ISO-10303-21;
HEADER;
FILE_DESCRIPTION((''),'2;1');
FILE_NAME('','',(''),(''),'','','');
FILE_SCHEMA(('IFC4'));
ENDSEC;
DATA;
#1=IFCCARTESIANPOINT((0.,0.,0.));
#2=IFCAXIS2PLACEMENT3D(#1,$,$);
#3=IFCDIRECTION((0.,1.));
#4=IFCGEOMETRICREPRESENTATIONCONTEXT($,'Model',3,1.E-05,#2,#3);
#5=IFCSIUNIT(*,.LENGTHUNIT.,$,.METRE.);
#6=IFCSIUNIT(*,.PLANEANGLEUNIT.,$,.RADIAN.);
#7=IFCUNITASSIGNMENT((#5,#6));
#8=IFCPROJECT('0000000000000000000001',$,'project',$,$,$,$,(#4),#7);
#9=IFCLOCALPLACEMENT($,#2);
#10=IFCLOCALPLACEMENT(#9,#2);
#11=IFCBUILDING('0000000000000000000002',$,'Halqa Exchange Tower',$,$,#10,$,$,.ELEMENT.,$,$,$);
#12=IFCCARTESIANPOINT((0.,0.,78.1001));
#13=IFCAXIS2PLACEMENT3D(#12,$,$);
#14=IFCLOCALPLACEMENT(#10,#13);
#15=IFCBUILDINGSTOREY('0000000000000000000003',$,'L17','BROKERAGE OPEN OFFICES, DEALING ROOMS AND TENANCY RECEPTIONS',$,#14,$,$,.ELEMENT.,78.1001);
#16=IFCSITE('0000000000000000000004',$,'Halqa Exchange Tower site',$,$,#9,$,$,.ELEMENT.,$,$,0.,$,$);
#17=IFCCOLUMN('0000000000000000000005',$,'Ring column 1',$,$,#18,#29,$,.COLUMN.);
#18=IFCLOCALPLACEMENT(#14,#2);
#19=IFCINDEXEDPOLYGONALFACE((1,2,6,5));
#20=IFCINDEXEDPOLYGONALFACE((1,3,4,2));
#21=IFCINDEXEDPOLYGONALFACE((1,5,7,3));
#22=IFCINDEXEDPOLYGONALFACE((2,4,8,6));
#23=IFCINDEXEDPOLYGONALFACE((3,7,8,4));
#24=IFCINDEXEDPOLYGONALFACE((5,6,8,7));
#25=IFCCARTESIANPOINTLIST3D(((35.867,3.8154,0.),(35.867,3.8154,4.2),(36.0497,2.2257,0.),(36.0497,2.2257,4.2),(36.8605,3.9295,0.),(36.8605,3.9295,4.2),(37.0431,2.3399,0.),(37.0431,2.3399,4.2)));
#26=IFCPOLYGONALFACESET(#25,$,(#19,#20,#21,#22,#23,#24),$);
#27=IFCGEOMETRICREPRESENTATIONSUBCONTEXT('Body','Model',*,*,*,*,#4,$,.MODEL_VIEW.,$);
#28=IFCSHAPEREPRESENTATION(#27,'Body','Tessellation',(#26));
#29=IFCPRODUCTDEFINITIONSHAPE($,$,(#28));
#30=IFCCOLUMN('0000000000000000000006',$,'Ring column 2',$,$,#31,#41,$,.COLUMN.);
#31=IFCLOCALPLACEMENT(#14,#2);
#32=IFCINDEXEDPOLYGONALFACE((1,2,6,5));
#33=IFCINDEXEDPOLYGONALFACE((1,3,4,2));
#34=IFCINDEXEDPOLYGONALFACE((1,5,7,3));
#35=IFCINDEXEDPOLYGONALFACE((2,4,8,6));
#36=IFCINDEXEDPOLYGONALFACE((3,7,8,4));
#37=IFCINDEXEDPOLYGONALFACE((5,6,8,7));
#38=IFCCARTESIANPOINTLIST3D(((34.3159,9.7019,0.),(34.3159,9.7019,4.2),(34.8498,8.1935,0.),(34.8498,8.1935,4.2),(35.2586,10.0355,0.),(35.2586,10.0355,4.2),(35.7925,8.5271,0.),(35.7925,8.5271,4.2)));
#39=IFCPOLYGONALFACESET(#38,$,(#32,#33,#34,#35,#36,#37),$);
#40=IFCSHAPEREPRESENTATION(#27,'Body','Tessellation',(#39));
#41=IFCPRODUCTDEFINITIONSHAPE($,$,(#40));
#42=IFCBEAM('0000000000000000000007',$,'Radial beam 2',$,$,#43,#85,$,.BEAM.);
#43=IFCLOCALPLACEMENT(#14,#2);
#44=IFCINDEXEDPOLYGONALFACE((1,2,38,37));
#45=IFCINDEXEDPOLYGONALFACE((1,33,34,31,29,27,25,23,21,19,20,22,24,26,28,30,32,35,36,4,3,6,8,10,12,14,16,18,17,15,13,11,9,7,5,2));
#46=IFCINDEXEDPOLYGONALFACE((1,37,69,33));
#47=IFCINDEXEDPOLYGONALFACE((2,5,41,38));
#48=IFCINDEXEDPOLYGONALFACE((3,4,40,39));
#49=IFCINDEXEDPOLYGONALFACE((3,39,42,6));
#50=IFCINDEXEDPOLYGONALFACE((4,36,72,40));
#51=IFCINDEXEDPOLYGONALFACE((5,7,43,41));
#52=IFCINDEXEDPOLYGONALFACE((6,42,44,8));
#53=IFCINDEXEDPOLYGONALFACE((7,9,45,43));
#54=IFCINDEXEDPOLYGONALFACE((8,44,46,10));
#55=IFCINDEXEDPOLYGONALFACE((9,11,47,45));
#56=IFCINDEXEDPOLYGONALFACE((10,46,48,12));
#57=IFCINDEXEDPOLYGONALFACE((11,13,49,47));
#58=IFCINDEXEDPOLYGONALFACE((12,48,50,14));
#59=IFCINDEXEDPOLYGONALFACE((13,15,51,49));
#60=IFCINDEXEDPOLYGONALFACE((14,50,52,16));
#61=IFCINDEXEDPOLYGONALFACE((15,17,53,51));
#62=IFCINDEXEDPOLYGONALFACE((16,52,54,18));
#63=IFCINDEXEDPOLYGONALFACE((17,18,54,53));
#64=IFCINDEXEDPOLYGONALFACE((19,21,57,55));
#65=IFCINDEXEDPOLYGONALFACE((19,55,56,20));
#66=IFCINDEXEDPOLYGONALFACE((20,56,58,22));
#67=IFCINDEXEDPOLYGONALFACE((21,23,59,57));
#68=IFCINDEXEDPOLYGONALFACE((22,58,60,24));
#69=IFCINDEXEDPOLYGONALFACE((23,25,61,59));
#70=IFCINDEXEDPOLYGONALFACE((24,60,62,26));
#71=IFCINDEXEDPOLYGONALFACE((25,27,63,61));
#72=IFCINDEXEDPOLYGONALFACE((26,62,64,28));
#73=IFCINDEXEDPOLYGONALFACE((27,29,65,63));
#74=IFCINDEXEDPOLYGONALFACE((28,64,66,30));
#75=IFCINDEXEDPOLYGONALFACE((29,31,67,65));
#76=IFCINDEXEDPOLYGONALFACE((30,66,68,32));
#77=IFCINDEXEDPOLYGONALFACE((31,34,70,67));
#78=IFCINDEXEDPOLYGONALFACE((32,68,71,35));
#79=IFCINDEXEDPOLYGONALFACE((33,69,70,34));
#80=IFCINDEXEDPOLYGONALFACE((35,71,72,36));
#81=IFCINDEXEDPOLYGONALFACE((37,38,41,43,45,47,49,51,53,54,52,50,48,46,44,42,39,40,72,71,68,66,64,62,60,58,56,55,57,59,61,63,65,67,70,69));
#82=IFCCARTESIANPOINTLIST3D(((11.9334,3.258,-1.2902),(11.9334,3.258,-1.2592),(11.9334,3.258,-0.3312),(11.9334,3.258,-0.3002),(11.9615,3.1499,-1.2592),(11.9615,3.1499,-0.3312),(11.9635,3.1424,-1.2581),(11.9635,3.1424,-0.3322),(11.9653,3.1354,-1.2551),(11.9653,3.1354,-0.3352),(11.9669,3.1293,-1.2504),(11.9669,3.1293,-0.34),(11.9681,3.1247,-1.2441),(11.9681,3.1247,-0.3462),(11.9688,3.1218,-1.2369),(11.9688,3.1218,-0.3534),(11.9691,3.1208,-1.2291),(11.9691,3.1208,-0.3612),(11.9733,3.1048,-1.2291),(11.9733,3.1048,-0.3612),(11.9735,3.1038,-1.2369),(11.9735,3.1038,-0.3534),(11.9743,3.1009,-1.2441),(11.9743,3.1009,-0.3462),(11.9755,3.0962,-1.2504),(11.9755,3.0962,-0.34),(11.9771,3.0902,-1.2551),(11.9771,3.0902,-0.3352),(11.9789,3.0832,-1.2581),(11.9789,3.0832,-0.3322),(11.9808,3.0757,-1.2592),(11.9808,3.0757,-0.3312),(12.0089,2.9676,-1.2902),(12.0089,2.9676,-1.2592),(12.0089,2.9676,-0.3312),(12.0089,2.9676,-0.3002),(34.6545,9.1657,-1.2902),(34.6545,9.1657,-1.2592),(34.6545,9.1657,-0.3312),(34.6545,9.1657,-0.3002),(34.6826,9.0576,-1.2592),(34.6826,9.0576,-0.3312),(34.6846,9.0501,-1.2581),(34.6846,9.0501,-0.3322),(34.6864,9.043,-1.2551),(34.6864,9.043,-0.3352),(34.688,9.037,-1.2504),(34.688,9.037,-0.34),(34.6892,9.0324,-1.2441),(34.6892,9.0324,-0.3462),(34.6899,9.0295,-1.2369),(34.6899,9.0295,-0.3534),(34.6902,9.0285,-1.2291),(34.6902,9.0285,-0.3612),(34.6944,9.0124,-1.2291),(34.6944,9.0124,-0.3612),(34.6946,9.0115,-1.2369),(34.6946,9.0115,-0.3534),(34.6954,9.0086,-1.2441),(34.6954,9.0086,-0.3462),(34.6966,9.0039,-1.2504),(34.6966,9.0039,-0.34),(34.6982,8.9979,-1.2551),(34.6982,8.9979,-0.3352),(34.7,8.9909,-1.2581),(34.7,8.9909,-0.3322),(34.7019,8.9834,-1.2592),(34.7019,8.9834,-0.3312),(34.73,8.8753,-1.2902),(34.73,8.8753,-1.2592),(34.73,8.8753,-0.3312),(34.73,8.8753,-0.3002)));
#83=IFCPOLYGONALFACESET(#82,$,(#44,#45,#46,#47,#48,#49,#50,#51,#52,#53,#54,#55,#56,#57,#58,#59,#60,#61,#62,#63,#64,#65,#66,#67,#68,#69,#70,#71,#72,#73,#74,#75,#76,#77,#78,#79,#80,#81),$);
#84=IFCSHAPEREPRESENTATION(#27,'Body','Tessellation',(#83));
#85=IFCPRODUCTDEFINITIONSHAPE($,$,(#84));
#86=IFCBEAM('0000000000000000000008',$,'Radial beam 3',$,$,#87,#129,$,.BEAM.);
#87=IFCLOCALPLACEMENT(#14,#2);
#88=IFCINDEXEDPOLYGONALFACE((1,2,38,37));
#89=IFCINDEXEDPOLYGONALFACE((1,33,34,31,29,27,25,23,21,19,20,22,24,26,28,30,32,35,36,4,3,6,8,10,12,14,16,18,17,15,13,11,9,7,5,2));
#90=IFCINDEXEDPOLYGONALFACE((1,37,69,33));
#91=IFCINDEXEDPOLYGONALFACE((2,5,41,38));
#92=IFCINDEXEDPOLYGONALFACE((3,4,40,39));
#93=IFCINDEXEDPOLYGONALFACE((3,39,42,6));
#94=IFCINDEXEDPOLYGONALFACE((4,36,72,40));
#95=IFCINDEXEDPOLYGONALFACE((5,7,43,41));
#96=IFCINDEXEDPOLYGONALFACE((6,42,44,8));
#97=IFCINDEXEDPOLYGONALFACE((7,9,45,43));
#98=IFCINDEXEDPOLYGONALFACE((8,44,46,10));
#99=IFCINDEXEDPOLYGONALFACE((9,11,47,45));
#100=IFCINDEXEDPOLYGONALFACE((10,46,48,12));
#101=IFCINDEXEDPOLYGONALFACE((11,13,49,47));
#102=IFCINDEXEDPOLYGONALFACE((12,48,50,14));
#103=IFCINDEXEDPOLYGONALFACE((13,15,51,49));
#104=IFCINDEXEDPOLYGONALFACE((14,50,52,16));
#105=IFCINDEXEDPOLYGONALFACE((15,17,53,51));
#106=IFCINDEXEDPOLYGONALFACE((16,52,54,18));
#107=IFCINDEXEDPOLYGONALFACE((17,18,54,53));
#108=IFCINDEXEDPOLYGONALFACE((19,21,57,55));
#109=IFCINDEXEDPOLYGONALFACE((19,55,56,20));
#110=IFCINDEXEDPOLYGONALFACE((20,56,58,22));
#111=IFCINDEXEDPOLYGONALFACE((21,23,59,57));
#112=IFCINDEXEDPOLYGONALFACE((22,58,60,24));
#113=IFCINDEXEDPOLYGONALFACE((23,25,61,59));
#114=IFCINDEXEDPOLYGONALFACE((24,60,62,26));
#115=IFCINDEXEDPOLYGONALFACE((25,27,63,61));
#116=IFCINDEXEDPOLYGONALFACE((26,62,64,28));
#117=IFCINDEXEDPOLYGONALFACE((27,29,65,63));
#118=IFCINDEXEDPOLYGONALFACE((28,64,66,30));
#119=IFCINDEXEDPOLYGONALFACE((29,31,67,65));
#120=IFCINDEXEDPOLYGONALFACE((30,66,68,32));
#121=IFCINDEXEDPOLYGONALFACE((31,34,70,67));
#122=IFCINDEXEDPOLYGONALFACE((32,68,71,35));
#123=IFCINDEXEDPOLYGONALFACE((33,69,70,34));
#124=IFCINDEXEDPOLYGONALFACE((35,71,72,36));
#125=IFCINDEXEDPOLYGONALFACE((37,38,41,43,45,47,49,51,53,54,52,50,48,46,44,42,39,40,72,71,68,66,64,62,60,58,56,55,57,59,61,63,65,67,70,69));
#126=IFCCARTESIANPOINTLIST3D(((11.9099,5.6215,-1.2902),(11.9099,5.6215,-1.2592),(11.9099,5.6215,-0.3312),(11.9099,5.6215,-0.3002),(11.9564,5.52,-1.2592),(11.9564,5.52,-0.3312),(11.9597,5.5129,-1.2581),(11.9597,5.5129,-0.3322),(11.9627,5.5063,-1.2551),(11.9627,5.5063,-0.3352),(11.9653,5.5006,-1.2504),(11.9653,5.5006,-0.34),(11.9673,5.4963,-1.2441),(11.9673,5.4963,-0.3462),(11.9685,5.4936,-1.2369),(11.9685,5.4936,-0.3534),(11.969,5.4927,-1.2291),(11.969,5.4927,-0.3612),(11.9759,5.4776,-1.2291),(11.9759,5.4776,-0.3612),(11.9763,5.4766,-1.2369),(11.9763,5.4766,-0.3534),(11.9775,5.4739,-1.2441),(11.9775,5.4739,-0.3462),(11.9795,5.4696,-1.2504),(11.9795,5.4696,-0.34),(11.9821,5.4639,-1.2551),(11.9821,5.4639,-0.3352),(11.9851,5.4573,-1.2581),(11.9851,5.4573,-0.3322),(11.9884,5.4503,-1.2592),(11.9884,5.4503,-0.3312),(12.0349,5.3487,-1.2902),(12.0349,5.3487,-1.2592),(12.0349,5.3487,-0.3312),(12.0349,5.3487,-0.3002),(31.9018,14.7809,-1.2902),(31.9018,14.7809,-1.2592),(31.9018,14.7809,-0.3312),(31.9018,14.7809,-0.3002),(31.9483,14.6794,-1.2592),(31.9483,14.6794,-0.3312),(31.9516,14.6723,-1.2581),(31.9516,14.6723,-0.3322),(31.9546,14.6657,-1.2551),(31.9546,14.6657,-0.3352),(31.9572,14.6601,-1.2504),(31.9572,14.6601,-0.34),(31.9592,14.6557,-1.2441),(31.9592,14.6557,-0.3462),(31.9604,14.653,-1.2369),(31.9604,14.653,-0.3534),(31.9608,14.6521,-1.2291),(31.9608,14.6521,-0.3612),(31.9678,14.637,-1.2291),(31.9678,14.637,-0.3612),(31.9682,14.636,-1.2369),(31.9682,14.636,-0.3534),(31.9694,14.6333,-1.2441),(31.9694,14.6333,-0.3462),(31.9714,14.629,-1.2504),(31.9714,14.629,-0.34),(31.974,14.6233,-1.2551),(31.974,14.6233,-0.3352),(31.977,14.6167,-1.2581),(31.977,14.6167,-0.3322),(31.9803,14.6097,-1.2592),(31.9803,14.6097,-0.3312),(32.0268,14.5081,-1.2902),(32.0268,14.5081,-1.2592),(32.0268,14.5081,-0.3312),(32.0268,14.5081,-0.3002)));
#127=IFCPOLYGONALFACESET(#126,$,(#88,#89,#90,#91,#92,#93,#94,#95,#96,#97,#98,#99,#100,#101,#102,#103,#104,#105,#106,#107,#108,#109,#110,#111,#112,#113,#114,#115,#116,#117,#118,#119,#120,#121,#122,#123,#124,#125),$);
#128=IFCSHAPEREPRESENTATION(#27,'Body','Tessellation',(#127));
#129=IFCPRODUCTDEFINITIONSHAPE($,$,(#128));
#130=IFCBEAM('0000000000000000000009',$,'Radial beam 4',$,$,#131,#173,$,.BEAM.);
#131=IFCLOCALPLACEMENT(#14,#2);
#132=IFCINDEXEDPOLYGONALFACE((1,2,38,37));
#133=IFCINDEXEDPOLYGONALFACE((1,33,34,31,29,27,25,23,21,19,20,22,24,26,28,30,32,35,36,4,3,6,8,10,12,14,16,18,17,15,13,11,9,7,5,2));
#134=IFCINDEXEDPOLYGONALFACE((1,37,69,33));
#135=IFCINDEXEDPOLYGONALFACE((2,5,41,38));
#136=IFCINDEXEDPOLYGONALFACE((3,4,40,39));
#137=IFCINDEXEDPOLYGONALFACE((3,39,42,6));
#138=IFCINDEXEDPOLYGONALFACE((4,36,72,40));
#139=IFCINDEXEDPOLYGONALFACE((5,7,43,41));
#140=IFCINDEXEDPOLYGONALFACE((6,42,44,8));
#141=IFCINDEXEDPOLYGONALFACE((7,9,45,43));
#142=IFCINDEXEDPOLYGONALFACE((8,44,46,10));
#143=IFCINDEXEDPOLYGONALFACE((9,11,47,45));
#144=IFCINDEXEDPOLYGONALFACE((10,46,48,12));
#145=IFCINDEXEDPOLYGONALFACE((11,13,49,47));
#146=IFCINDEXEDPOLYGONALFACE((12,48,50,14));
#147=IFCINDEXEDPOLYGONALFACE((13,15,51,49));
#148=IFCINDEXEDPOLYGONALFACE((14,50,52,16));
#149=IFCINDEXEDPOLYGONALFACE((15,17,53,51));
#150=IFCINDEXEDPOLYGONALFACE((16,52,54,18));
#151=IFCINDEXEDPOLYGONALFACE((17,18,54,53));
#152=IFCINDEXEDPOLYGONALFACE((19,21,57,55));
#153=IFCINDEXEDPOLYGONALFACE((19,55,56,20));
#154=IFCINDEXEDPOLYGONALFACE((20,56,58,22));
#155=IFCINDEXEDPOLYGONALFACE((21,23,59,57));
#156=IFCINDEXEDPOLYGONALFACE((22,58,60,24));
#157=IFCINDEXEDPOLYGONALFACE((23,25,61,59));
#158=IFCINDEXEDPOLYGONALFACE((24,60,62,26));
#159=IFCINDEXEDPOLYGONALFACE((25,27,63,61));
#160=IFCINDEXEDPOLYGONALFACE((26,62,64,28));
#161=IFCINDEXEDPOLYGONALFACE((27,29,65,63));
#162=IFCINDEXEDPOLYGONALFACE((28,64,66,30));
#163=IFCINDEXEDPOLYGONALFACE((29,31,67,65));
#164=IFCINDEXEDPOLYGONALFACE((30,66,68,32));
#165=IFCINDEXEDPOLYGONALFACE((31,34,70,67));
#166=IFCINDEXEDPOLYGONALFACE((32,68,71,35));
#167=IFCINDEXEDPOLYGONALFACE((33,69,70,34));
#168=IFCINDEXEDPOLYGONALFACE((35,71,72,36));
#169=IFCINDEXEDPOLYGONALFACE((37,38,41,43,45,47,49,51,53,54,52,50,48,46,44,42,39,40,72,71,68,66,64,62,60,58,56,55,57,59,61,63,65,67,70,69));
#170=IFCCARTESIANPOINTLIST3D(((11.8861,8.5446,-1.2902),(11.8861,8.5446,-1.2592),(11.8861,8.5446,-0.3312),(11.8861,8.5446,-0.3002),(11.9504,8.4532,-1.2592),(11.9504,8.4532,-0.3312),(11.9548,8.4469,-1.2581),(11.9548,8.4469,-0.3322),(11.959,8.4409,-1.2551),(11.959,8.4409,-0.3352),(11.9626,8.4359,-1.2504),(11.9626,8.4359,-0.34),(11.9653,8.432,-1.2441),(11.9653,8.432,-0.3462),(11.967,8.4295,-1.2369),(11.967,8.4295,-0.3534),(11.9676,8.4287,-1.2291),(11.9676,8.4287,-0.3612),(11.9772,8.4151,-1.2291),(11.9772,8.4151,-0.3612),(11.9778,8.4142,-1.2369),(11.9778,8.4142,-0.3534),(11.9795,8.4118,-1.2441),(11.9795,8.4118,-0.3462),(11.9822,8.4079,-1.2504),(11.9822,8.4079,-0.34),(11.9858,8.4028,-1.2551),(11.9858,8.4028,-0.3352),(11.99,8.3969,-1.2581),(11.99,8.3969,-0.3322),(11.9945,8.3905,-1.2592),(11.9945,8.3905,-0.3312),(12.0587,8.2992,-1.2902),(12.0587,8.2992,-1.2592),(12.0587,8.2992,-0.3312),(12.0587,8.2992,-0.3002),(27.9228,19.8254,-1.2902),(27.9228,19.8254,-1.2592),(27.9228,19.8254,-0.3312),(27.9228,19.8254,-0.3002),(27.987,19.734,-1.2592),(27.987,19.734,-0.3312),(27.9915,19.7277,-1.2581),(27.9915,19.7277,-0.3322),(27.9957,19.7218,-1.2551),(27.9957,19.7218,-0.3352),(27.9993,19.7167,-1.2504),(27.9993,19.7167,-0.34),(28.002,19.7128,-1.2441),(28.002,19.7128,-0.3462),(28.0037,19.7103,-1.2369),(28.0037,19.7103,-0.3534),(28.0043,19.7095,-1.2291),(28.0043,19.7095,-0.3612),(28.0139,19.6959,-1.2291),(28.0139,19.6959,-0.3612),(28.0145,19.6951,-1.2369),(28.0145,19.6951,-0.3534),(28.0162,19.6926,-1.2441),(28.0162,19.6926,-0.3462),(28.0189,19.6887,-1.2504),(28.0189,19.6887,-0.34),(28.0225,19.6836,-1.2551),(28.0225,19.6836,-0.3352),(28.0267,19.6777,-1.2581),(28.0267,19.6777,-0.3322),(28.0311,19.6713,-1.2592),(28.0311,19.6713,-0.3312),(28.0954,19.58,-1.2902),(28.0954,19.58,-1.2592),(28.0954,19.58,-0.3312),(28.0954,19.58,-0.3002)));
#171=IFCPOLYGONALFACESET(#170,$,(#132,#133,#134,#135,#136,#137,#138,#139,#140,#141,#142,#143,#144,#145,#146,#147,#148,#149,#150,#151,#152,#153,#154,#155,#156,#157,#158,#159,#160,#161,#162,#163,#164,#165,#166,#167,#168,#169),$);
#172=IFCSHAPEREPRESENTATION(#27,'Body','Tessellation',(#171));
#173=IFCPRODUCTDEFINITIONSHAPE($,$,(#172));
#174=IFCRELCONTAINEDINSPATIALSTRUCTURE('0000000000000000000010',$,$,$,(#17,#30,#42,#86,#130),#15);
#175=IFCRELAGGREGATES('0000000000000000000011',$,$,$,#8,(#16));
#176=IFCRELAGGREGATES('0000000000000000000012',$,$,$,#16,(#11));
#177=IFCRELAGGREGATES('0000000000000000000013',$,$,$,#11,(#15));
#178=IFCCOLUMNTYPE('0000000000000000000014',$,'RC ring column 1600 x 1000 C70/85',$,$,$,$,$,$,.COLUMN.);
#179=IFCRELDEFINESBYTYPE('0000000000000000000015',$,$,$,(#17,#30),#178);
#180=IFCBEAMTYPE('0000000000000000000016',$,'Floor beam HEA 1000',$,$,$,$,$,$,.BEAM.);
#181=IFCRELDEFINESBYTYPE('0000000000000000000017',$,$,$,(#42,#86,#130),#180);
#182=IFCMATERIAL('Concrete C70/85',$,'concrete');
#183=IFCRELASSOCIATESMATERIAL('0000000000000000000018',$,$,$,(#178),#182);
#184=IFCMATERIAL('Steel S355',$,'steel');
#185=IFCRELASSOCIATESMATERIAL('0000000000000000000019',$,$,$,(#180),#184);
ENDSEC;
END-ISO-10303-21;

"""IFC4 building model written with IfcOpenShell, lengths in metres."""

from ifc_helpers import new_model, si_unit, direction, frame, origin, origin_2d, place, context, subcontext, project, spatial, rectangle, i_section, extrude, material, material_profile, profile_set, type_object, element, save


model = new_model("IFC4")

# Units and contexts
model_context = context("Model", 3, precision=1e-05, world=origin(), true_north=direction((0.0, 1.0)))
body_context = subcontext(model_context, "Body", "Model", "MODEL_VIEW")
ifc_project = project(units=[si_unit("LENGTHUNIT", "METRE"), si_unit("PLANEANGLEUNIT", "RADIAN")], contexts=[model_context])

# Site, building, storey
site_placement = place(None, origin())
site = spatial("IfcSite", under=ifc_project, at=site_placement, Name="Halqa Exchange Tower site", CompositionType="ELEMENT", RefElevation=0.0)
building_placement = place(site_placement, origin())
building = spatial("IfcBuilding", under=site, at=building_placement, Name="Halqa Exchange Tower", CompositionType="ELEMENT")
storey_placement = place(building_placement, frame((0.0, 0.0, 78.1001)))
storey = spatial("IfcBuildingStorey", under=building, at=storey_placement, Name="L17", Description="BROKERAGE OPEN OFFICES, DEALING ROOMS AND TENANCY RECEPTIONS", CompositionType="ELEMENT", Elevation=78.1001)

# Columns
ifc_material_1 = material(Name="Concrete C70/85", Category="concrete")
ifc_material_profile_1 = material_profile(ifc_material_1, rectangle(XDim=1.6001, YDim=1.0, at=origin_2d()), Name="1600 x 1000")
ifc_profile_set_1 = profile_set([ifc_material_profile_1], Name="Concrete C70/85")
column_type = type_object("IfcColumnType", Name="RC ring column 1600 x 1000 C70/85", PredefinedType="COLUMN", material=ifc_profile_set_1)
for number, where, z_axis, x_axis, name in (
    (1, (36.4551, 3.0776, 0.0), (0.0, 0.0, 1.0), (-0.114152, 0.993463, 0.0), "Ring column 1"),
    (2, (35.0542, 9.1145, 0.0), (0.0, 0.0, 1.0), (-0.333624, 0.942706, 0.0), "Ring column 2"),
):
    element("IfcColumn", number, at=place(storey_placement, frame(where, z_axis=z_axis, x_axis=x_axis)), inside=storey, type_object=column_type, Name=name, PredefinedType="COLUMN", context=body_context, shape_type="SweptSolid", body=[
        extrude(rectangle(XDim=1.6001, YDim=1.0, at=origin_2d()), origin(), (0.0, 0.0, 1.0), 4.2),
    ])

# Beams
ifc_material_2 = material(Name="Steel S355", Category="steel")
ifc_material_profile_2 = material_profile(ifc_material_2, i_section(OverallWidth=0.3, OverallDepth=0.99, WebThickness=0.0166, FlangeThickness=0.031, FilletRadius=0.03, at=origin_2d()), Name="HEA 1000")
ifc_profile_set_2 = profile_set([ifc_material_profile_2], Name="Steel S355")
beam_type_1 = type_object("IfcBeamType", Name="Floor beam HEA 1000", PredefinedType="BEAM", material=ifc_profile_set_2)
beam_1_placement = place(storey_placement, frame((11.9712, 3.1128, -0.7952), z_axis=(0.96782, 0.251642, 0.0), x_axis=(-0.251642, 0.96782, 0.0)))
element("IfcBeam", 3, at=beam_1_placement, inside=storey, type_object=beam_type_1, Name="Radial beam 2", PredefinedType="BEAM", context=body_context, shape_type="SweptSolid", body=[
    extrude(i_section(OverallWidth=0.3, OverallDepth=0.99, WebThickness=0.0166, FlangeThickness=0.031, FilletRadius=0.03, at=origin_2d()), origin(), (0.0, 0.0, 1.0), 23.4766),
])
beam_2_placement = place(storey_placement, frame((11.9724, 5.4851, -0.7952), z_axis=(0.909126, 0.416521, 0.0), x_axis=(-0.416521, 0.909126, 0.0)))
element("IfcBeam", 4, at=beam_2_placement, inside=storey, type_object=beam_type_1, Name="Radial beam 3", PredefinedType="BEAM", context=body_context, shape_type="SweptSolid", body=[
    extrude(i_section(OverallWidth=0.3, OverallDepth=0.99, WebThickness=0.0166, FlangeThickness=0.031, FilletRadius=0.03, at=origin_2d()), origin(), (0.0, 0.0, 1.0), 21.9902),
])
beam_3_placement = place(storey_placement, frame((11.9724, 8.4219, -0.7952), z_axis=(0.817909, 0.575348, 0.0), x_axis=(-0.575348, 0.817909, 0.0)))
element("IfcBeam", 5, at=beam_3_placement, inside=storey, type_object=beam_type_1, Name="Radial beam 4", PredefinedType="BEAM", context=body_context, shape_type="SweptSolid", body=[
    extrude(i_section(OverallWidth=0.3, OverallDepth=0.99, WebThickness=0.0166, FlangeThickness=0.031, FilletRadius=0.03, at=origin_2d()), origin(), (0.0, 0.0, 1.0), 19.6069),
])

save(model, "model.ifc")
